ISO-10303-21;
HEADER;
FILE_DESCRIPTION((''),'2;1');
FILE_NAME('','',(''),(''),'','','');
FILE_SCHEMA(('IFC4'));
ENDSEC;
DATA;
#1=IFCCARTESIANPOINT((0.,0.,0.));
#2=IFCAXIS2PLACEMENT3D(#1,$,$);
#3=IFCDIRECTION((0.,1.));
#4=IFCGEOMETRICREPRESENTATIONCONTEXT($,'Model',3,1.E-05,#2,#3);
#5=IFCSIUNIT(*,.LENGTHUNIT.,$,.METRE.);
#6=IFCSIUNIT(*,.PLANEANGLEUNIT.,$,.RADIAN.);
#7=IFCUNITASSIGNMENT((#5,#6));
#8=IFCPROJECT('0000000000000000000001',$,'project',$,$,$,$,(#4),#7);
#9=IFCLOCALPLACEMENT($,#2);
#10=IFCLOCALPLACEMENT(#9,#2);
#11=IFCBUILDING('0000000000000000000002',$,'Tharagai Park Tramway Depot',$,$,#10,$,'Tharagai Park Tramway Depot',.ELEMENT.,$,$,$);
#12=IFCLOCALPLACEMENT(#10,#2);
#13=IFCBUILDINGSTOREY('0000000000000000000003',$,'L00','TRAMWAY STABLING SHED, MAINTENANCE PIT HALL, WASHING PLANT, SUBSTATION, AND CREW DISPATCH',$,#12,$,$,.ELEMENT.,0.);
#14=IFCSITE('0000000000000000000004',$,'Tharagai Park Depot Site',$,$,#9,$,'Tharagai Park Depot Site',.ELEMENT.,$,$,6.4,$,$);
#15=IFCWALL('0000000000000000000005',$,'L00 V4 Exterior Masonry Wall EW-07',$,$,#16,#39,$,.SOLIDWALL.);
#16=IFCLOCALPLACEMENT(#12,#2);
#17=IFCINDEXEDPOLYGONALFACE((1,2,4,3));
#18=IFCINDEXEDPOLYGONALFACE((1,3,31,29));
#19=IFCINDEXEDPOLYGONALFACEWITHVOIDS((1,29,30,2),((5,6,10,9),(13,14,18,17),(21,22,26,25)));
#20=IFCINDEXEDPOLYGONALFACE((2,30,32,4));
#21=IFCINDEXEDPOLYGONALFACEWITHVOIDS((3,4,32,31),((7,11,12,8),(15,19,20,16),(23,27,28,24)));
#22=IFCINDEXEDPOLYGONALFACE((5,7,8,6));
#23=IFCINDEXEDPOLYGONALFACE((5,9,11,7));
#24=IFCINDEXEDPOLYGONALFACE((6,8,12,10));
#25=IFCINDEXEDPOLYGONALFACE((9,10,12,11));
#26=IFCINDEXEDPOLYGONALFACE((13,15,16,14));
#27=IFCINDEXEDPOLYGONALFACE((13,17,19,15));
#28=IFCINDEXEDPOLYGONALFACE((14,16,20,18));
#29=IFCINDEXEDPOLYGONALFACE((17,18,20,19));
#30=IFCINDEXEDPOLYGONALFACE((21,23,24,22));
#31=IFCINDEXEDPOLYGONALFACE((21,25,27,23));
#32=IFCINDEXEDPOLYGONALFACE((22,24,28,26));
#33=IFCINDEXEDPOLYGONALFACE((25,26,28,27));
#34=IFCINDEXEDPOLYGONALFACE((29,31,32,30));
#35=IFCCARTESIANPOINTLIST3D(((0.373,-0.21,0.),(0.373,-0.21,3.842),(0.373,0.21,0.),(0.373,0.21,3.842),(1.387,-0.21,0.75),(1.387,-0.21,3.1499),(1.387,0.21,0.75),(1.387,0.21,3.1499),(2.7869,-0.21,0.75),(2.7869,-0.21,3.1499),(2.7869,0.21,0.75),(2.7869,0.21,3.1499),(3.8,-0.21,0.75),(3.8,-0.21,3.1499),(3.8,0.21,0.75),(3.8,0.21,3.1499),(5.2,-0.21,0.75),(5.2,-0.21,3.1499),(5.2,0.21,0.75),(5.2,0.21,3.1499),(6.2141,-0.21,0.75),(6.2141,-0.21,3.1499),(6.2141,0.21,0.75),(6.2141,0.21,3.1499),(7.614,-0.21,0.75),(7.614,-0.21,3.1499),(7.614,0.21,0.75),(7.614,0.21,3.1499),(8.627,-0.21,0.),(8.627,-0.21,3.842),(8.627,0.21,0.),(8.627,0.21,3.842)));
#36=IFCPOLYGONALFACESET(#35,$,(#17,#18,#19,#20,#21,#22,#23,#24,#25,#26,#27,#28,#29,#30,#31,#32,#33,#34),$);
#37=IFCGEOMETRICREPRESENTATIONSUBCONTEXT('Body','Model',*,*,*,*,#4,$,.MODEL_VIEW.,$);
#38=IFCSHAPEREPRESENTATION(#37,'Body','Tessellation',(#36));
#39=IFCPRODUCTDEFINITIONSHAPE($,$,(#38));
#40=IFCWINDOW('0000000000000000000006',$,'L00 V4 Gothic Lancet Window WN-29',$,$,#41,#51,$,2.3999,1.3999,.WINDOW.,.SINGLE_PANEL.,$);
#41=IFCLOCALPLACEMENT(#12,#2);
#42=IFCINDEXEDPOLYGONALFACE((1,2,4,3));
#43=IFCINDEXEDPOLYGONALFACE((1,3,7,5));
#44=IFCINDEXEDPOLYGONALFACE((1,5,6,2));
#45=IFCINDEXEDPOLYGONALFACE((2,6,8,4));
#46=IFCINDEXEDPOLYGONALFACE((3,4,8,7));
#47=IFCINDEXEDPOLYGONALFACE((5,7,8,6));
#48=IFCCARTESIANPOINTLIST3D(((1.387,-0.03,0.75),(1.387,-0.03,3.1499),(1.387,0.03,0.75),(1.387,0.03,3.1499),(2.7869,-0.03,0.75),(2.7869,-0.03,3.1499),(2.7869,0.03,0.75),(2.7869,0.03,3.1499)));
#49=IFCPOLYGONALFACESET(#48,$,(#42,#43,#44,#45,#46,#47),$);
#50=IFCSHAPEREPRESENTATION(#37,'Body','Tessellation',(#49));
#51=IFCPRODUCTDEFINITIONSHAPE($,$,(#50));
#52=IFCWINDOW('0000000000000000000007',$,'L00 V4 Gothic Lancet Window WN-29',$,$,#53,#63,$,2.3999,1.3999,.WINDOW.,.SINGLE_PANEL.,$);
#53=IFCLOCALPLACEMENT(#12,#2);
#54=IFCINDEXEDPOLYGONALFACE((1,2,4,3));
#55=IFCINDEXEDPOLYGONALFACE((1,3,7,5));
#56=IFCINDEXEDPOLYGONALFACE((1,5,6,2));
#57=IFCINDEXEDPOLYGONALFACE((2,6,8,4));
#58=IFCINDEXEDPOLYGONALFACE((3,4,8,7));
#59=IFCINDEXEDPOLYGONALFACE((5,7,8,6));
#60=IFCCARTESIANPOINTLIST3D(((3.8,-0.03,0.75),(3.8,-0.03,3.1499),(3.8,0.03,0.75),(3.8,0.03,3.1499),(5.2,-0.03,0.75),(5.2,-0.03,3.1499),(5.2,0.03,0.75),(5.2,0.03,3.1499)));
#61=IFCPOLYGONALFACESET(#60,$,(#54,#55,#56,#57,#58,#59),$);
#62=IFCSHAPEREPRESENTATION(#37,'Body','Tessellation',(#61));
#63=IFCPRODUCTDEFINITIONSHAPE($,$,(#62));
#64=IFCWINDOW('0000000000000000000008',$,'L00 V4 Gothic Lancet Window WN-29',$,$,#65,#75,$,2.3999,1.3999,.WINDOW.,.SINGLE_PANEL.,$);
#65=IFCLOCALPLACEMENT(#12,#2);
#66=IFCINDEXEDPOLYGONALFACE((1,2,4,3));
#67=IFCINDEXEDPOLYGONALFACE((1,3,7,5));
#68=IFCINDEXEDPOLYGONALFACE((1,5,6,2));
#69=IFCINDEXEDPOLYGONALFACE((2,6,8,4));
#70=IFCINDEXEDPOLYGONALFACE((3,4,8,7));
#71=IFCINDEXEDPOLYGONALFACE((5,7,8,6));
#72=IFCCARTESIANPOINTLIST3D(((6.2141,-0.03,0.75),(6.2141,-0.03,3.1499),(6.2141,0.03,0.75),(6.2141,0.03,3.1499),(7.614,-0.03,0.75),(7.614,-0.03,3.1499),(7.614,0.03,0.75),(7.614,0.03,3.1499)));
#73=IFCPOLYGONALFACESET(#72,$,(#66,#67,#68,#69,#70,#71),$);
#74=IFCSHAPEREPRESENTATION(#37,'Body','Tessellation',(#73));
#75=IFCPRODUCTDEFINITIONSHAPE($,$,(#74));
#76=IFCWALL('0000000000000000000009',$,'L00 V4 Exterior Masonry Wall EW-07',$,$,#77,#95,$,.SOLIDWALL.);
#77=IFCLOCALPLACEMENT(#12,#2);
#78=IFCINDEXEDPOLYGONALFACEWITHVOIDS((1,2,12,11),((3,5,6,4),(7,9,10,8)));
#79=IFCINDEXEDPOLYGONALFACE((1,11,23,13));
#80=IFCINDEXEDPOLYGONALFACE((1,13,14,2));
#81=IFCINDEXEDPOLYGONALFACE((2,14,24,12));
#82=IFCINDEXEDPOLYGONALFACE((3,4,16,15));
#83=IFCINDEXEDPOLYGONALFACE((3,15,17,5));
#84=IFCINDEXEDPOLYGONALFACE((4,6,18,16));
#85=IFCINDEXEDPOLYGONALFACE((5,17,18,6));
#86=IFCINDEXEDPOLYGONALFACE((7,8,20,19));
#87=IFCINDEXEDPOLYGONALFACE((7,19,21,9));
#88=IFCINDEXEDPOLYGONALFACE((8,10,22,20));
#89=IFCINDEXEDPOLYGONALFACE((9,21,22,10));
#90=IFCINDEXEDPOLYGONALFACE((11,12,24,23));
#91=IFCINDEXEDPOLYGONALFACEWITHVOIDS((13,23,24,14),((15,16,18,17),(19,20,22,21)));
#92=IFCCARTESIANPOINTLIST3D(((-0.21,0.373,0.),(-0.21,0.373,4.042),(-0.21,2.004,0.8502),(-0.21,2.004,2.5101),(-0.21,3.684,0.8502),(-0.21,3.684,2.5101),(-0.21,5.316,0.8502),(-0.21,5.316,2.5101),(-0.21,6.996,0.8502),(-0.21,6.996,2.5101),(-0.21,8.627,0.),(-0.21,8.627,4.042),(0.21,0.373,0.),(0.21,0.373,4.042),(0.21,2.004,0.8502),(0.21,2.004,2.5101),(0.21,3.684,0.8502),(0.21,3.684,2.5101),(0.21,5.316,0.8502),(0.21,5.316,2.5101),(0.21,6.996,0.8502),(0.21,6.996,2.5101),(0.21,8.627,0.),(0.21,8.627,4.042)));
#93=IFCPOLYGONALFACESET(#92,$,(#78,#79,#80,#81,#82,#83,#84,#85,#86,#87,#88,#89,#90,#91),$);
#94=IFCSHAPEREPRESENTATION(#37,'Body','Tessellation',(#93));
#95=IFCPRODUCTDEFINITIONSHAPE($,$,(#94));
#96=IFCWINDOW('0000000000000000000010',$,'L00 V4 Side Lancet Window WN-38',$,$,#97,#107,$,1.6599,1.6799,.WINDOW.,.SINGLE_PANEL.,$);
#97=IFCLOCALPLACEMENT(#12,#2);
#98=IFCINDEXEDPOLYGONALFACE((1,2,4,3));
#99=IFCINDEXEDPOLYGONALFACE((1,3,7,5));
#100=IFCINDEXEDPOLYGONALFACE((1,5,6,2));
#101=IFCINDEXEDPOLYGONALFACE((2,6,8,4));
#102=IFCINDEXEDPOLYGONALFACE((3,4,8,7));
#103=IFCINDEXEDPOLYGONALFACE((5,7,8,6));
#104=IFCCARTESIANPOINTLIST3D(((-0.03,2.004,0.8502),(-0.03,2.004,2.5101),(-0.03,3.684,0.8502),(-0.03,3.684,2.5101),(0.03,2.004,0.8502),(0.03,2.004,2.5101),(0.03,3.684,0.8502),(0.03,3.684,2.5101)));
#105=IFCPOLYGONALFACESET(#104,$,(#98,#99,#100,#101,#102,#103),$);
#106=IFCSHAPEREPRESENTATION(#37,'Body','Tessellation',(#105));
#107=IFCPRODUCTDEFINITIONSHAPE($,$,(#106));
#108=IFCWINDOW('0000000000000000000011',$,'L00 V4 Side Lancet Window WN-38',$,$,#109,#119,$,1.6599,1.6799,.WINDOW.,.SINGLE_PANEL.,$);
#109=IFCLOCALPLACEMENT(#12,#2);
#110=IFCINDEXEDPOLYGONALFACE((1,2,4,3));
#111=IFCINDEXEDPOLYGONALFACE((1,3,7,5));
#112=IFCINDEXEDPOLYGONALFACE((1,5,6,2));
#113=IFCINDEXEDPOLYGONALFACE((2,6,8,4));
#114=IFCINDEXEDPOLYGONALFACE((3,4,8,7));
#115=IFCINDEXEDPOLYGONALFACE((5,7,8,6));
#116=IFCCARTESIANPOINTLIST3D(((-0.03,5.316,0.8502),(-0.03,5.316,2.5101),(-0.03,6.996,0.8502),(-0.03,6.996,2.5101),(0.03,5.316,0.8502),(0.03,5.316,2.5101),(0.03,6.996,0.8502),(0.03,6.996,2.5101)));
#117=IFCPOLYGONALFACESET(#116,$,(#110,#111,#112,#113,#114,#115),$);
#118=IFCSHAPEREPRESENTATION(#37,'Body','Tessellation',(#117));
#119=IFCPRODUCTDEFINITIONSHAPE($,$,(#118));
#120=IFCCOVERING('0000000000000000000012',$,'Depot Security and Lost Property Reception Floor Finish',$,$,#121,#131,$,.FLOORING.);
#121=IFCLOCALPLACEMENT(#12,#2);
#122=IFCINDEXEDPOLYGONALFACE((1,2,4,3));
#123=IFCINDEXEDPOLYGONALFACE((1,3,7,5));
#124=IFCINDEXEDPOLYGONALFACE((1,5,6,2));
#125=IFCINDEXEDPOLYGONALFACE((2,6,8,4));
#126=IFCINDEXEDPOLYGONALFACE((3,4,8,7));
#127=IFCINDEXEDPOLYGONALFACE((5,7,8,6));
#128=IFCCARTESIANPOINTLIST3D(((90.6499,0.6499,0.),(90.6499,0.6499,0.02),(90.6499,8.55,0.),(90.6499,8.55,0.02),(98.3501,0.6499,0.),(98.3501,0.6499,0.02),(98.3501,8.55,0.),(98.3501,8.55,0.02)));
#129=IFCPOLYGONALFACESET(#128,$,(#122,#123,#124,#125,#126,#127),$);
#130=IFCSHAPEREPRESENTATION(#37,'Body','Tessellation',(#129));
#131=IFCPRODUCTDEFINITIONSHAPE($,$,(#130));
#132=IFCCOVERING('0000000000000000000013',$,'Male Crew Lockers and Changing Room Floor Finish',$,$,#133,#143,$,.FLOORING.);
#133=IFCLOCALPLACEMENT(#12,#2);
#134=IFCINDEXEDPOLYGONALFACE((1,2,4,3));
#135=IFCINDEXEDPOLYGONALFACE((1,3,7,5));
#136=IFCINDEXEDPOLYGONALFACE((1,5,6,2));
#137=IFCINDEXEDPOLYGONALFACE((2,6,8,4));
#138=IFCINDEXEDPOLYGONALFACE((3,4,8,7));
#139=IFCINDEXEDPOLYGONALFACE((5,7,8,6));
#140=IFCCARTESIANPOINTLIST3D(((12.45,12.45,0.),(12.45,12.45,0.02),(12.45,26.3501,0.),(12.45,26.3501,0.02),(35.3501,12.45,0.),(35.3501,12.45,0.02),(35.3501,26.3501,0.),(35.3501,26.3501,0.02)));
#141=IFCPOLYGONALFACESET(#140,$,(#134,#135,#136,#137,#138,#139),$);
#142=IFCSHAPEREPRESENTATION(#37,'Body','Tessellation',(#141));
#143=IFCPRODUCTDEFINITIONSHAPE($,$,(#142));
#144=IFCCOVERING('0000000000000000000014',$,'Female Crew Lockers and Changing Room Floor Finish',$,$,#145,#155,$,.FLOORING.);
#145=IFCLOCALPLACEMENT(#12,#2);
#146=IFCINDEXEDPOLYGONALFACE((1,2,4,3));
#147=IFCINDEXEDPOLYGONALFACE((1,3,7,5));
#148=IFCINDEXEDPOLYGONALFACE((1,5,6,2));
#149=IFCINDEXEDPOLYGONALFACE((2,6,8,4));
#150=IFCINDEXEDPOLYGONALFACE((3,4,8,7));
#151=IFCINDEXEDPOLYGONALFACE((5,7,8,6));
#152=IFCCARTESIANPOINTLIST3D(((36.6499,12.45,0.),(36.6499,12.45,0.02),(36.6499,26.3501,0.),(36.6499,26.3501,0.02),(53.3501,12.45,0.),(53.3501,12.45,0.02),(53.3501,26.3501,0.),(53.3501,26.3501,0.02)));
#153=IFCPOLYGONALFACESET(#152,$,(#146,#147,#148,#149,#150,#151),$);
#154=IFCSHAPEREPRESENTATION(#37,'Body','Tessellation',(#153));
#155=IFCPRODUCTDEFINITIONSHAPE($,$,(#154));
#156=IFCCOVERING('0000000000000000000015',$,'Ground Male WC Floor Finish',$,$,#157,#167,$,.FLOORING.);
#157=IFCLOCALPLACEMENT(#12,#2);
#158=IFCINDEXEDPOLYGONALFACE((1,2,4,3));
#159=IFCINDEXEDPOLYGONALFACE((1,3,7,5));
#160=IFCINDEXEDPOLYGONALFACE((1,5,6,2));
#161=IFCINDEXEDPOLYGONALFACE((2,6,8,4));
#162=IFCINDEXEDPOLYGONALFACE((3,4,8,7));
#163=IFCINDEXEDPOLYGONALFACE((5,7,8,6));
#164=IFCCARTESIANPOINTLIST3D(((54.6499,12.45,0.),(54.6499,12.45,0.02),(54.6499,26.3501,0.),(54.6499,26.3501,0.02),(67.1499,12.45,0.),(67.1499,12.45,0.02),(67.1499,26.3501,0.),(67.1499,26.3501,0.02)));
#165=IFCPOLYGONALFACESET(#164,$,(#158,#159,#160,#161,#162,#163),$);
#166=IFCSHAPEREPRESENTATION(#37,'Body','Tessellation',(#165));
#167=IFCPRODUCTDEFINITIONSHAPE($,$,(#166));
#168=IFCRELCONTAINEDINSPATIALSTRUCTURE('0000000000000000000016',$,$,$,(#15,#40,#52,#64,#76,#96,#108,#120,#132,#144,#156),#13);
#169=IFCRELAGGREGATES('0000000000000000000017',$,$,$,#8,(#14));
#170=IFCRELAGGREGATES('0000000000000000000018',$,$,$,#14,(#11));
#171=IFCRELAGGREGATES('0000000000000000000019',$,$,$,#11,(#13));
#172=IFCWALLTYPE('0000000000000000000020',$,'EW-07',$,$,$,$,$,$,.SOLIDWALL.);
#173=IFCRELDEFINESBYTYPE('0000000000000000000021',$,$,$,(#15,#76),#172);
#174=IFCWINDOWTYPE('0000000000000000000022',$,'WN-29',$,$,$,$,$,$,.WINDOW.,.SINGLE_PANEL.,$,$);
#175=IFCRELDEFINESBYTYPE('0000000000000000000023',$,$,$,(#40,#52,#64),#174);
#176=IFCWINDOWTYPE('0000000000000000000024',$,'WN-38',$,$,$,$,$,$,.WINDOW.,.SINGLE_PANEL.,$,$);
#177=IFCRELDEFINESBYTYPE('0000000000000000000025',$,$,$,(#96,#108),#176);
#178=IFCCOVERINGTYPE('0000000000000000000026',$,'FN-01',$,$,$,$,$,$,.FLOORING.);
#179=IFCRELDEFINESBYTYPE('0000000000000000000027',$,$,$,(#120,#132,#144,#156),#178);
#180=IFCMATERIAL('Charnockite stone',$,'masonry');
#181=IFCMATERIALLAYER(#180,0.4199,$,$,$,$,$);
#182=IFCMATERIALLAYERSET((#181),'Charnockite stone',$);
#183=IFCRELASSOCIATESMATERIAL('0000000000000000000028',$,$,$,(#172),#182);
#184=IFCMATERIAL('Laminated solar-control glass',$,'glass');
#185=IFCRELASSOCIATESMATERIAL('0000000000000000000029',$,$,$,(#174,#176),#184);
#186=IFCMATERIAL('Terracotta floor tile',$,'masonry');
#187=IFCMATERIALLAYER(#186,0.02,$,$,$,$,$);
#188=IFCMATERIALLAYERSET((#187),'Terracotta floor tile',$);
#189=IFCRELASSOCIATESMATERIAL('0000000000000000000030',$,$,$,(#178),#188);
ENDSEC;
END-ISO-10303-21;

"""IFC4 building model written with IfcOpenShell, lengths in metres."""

from ifc_helpers import new_model, si_unit, direction, frame, frame_2d, origin, place, context, subcontext, project, spatial, polyline, rectangle, outline, extrude, material, layer, layer_set, type_object, element, fill, save


model = new_model("IFC4")

# Units and contexts
model_context = context("Model", 3, precision=1e-05, world=origin(), true_north=direction((0.0, 1.0)))
body_context = subcontext(model_context, "Body", "Model", "MODEL_VIEW")
ifc_project = project(units=[si_unit("LENGTHUNIT", "METRE"), si_unit("PLANEANGLEUNIT", "RADIAN")], contexts=[model_context])

# Site, building, storey
site_placement = place(None, origin())
site = spatial("IfcSite", under=ifc_project, at=site_placement, Name="Tharagai Park Depot Site", LongName="Tharagai Park Depot Site", CompositionType="ELEMENT", RefElevation=6.4)
building_placement = place(site_placement, origin())
building = spatial("IfcBuilding", under=site, at=building_placement, Name="Tharagai Park Tramway Depot", LongName="Tharagai Park Tramway Depot", CompositionType="ELEMENT")
storey_placement = place(building_placement, origin())
storey = spatial("IfcBuildingStorey", under=building, at=storey_placement, Name="L00", Description="TRAMWAY STABLING SHED, MAINTENANCE PIT HALL, WASHING PLANT, SUBSTATION, AND CREW DISPATCH", CompositionType="ELEMENT", Elevation=0.0)

# Walls, openings, windows
ifc_material_1 = material(Name="Charnockite stone", Category="masonry")
ifc_layer_1 = layer(ifc_material_1, 0.4199)
ifc_layer_set_1 = layer_set([ifc_layer_1], Name="Charnockite stone")
wall_type = type_object("IfcWallType", Name="EW-07", PredefinedType="SOLIDWALL", material=ifc_layer_set_1)
wall_1_placement = place(storey_placement, frame((0.373, 0.0, 0.0), z_axis=(0.0, 0.0, 1.0), x_axis=(1.0, 0.0, 0.0)))
wall_1 = element("IfcWall", 1, at=wall_1_placement, inside=storey, type_object=wall_type, Name="L00 V4 Exterior Masonry Wall EW-07", PredefinedType="SOLIDWALL", context=body_context, shape_type="SweptSolid", body=[
    extrude(rectangle(XDim=8.2539, YDim=0.4199, at=frame_2d((4.127, 0.0))), origin(), (0.0, 0.0, 1.0), 3.842),
])
opening_1_placement = place(wall_1_placement, frame((1.0139, 0.0, 0.75)))
opening_1 = element("IfcOpeningElement", 2, at=opening_1_placement, cuts=wall_1, PredefinedType="OPENING", context=body_context, shape_type="SweptSolid", body=[
    extrude(rectangle(XDim=1.3999, YDim=2.3999, at=frame_2d((0.7, 1.2))), frame((0.0, 0.22, 0.0), z_axis=(0.0, -1.0, 0.0), x_axis=(1.0, 0.0, 0.0)), (0.0, 0.0, 1.0), 0.4399),
])
opening_2_placement = place(wall_1_placement, frame((3.427, 0.0, 0.75)))
opening_2 = element("IfcOpeningElement", 3, at=opening_2_placement, cuts=wall_1, PredefinedType="OPENING", context=body_context, shape_type="SweptSolid", body=[
    extrude(rectangle(XDim=1.3999, YDim=2.3999, at=frame_2d((0.7, 1.2))), frame((0.0, 0.22, 0.0), z_axis=(0.0, -1.0, 0.0), x_axis=(1.0, 0.0, 0.0)), (0.0, 0.0, 1.0), 0.4399),
])
opening_3_placement = place(wall_1_placement, frame((5.8411, 0.0, 0.75)))
opening_3 = element("IfcOpeningElement", 4, at=opening_3_placement, cuts=wall_1, PredefinedType="OPENING", context=body_context, shape_type="SweptSolid", body=[
    extrude(rectangle(XDim=1.3999, YDim=2.3999, at=frame_2d((0.7, 1.2))), frame((0.0, 0.22, 0.0), z_axis=(0.0, -1.0, 0.0), x_axis=(1.0, 0.0, 0.0)), (0.0, 0.0, 1.0), 0.4399),
])
ifc_material_2 = material(Name="Laminated solar-control glass", Category="glass")
window_type_1 = type_object("IfcWindowType", Name="WN-29", PartitioningType="SINGLE_PANEL", PredefinedType="WINDOW", material=ifc_material_2)
window_1_placement = place(opening_1_placement, origin())
window_1 = element("IfcWindow", 5, at=window_1_placement, inside=storey, type_object=window_type_1, Name="L00 V4 Gothic Lancet Window WN-29", OverallHeight=2.3999, OverallWidth=1.3999, PartitioningType="SINGLE_PANEL", PredefinedType="WINDOW", context=body_context, shape_type="SweptSolid", body=[
    extrude(rectangle(XDim=1.3999, YDim=2.3999, at=frame_2d((0.7, 1.2))), frame((0.0, 0.03, 0.0), z_axis=(0.0, -1.0, 0.0), x_axis=(1.0, 0.0, 0.0)), (0.0, 0.0, 1.0), 0.0601),
])
fill(opening_1, window_1)
window_2_placement = place(opening_2_placement, origin())
window_2 = element("IfcWindow", 6, at=window_2_placement, inside=storey, type_object=window_type_1, Name="L00 V4 Gothic Lancet Window WN-29", OverallHeight=2.3999, OverallWidth=1.3999, PartitioningType="SINGLE_PANEL", PredefinedType="WINDOW", context=body_context, shape_type="SweptSolid", body=[
    extrude(rectangle(XDim=1.3999, YDim=2.3999, at=frame_2d((0.7, 1.2))), frame((0.0, 0.03, 0.0), z_axis=(0.0, -1.0, 0.0), x_axis=(1.0, 0.0, 0.0)), (0.0, 0.0, 1.0), 0.0601),
])
fill(opening_2, window_2)
window_3_placement = place(opening_3_placement, origin())
window_3 = element("IfcWindow", 7, at=window_3_placement, inside=storey, type_object=window_type_1, Name="L00 V4 Gothic Lancet Window WN-29", OverallHeight=2.3999, OverallWidth=1.3999, PartitioningType="SINGLE_PANEL", PredefinedType="WINDOW", context=body_context, shape_type="SweptSolid", body=[
    extrude(rectangle(XDim=1.3999, YDim=2.3999, at=frame_2d((0.7, 1.2))), frame((0.0, 0.03, 0.0), z_axis=(0.0, -1.0, 0.0), x_axis=(1.0, 0.0, 0.0)), (0.0, 0.0, 1.0), 0.0601),
])
fill(opening_3, window_3)
wall_2_placement = place(storey_placement, frame((0.0, 0.373, 0.0), z_axis=(0.0, 0.0, 1.0), x_axis=(0.0, 1.0, 0.0)))
wall_2 = element("IfcWall", 8, at=wall_2_placement, inside=storey, type_object=wall_type, Name="L00 V4 Exterior Masonry Wall EW-07", PredefinedType="SOLIDWALL", context=body_context, shape_type="SweptSolid", body=[
    extrude(rectangle(XDim=8.2539, YDim=0.4199, at=frame_2d((4.127, 0.0))), origin(), (0.0, 0.0, 1.0), 4.042),
])
opening_4_placement = place(wall_2_placement, frame((1.6311, 0.0, 0.8501)))
opening_4 = element("IfcOpeningElement", 9, at=opening_4_placement, cuts=wall_2, PredefinedType="OPENING", context=body_context, shape_type="SweptSolid", body=[
    extrude(rectangle(XDim=1.6799, YDim=1.6599, at=frame_2d((0.8398, 0.8301))), frame((0.0, 0.22, 0.0), z_axis=(0.0, -1.0, 0.0), x_axis=(1.0, 0.0, 0.0)), (0.0, 0.0, 1.0), 0.4399),
])
opening_5_placement = place(wall_2_placement, frame((4.9431, 0.0, 0.8501)))
opening_5 = element("IfcOpeningElement", 10, at=opening_5_placement, cuts=wall_2, PredefinedType="OPENING", context=body_context, shape_type="SweptSolid", body=[
    extrude(rectangle(XDim=1.6799, YDim=1.6599, at=frame_2d((0.8398, 0.8301))), frame((0.0, 0.22, 0.0), z_axis=(0.0, -1.0, 0.0), x_axis=(1.0, 0.0, 0.0)), (0.0, 0.0, 1.0), 0.4399),
])
window_type_2 = type_object("IfcWindowType", Name="WN-38", PartitioningType="SINGLE_PANEL", PredefinedType="WINDOW", material=ifc_material_2)
window_4_placement = place(opening_4_placement, origin())
window_4 = element("IfcWindow", 11, at=window_4_placement, inside=storey, type_object=window_type_2, Name="L00 V4 Side Lancet Window WN-38", OverallHeight=1.6599, OverallWidth=1.6799, PartitioningType="SINGLE_PANEL", PredefinedType="WINDOW", context=body_context, shape_type="SweptSolid", body=[
    extrude(rectangle(XDim=1.6799, YDim=1.6599, at=frame_2d((0.8398, 0.8301))), frame((0.0, 0.03, 0.0), z_axis=(0.0, -1.0, 0.0), x_axis=(1.0, 0.0, 0.0)), (0.0, 0.0, 1.0), 0.0601),
])
fill(opening_4, window_4)
window_5_placement = place(opening_5_placement, origin())
window_5 = element("IfcWindow", 12, at=window_5_placement, inside=storey, type_object=window_type_2, Name="L00 V4 Side Lancet Window WN-38", OverallHeight=1.6599, OverallWidth=1.6799, PartitioningType="SINGLE_PANEL", PredefinedType="WINDOW", context=body_context, shape_type="SweptSolid", body=[
    extrude(rectangle(XDim=1.6799, YDim=1.6599, at=frame_2d((0.8398, 0.8301))), frame((0.0, 0.03, 0.0), z_axis=(0.0, -1.0, 0.0), x_axis=(1.0, 0.0, 0.0)), (0.0, 0.0, 1.0), 0.0601),
])
fill(opening_5, window_5)

# Coverings
ifc_material_3 = material(Name="Terracotta floor tile", Category="masonry")
ifc_layer_2 = layer(ifc_material_3, 0.02)
ifc_layer_set_2 = layer_set([ifc_layer_2], Name="Terracotta floor tile")
covering_type = type_object("IfcCoveringType", Name="FN-01", PredefinedType="FLOORING", material=ifc_layer_set_2)
covering_1_placement = place(storey_placement, origin())
element("IfcCovering", 13, at=covering_1_placement, inside=storey, type_object=covering_type, Name="Depot Security and Lost Property Reception Floor Finish", PredefinedType="FLOORING", context=body_context, shape_type="SweptSolid", body=[
    extrude(outline(polyline([(90.6499, 0.6499), (98.3501, 0.6499), (98.3501, 8.55), (90.6499, 8.55), (90.6499, 0.6499)])), origin(), (0.0, 0.0, 1.0), 0.02),
])
covering_2_placement = place(storey_placement, origin())
element("IfcCovering", 14, at=covering_2_placement, inside=storey, type_object=covering_type, Name="Male Crew Lockers and Changing Room Floor Finish", PredefinedType="FLOORING", context=body_context, shape_type="SweptSolid", body=[
    extrude(outline(polyline([(12.45, 12.45), (35.3501, 12.45), (35.3501, 26.3501), (12.45, 26.3501), (12.45, 12.45)])), origin(), (0.0, 0.0, 1.0), 0.02),
])
covering_3_placement = place(storey_placement, origin())
element("IfcCovering", 15, at=covering_3_placement, inside=storey, type_object=covering_type, Name="Female Crew Lockers and Changing Room Floor Finish", PredefinedType="FLOORING", context=body_context, shape_type="SweptSolid", body=[
    extrude(outline(polyline([(36.6499, 12.45), (53.3501, 12.45), (53.3501, 26.3501), (36.6499, 26.3501), (36.6499, 12.45)])), origin(), (0.0, 0.0, 1.0), 0.02),
])
covering_4_placement = place(storey_placement, origin())
element("IfcCovering", 16, at=covering_4_placement, inside=storey, type_object=covering_type, Name="Ground Male WC Floor Finish", PredefinedType="FLOORING", context=body_context, shape_type="SweptSolid", body=[
    extrude(outline(polyline([(54.6499, 12.45), (67.1499, 12.45), (67.1499, 26.3501), (54.6499, 26.3501), (54.6499, 12.45)])), origin(), (0.0, 0.0, 1.0), 0.02),
])

save(model, "model.ifc")
